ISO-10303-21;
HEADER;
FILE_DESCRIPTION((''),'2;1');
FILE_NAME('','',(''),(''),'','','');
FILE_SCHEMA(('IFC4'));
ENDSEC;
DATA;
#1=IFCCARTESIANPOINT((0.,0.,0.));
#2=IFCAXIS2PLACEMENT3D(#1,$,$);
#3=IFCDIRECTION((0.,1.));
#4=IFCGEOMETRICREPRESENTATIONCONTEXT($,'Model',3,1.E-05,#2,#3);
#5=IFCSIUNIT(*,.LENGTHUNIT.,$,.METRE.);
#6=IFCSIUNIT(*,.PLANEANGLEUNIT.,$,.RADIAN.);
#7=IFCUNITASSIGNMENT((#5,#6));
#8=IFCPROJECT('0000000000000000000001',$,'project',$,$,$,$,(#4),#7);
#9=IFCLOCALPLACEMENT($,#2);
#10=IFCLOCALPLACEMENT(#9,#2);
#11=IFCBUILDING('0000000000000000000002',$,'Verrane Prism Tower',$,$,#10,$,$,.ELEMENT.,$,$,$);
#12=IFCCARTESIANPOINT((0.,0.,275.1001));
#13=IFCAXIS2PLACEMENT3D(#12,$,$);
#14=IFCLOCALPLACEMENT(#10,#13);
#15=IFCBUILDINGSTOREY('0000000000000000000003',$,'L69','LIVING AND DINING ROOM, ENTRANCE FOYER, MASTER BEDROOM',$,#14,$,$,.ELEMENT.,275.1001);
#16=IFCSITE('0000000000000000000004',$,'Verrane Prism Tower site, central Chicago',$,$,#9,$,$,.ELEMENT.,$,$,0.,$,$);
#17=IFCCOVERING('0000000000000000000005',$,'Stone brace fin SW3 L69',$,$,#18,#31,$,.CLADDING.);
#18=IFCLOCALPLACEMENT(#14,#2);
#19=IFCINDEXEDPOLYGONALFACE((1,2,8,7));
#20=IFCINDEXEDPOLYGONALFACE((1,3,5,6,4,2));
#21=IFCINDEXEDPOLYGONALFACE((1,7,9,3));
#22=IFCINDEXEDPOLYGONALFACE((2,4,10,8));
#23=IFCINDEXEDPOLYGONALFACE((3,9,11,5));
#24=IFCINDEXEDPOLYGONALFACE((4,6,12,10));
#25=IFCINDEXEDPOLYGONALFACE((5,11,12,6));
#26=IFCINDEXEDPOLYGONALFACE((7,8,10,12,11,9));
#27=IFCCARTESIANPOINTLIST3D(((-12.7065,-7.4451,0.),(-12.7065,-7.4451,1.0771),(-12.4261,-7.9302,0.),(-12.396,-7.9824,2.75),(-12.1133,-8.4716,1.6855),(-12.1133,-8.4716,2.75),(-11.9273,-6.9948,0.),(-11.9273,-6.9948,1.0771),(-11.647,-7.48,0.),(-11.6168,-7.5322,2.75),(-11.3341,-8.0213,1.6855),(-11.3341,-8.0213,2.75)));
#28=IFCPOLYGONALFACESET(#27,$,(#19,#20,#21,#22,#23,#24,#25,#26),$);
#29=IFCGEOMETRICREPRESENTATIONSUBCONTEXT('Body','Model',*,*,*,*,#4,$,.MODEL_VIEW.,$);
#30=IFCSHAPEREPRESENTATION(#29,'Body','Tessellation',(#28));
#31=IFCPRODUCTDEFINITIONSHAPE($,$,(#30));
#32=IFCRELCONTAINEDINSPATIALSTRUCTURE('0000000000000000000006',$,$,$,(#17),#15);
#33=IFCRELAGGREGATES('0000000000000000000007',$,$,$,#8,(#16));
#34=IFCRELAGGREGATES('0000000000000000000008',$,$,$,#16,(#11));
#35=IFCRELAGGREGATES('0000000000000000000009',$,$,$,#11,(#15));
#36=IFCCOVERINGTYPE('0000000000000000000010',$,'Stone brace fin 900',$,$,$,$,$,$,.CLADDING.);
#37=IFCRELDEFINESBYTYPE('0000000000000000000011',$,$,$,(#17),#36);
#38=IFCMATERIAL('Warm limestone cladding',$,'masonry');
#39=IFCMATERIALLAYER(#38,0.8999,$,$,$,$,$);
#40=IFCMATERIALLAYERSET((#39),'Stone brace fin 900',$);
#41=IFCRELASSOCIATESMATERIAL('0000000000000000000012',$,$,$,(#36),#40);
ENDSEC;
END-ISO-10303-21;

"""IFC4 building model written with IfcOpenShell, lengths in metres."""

from ifc_helpers import new_model, si_unit, direction, frame, origin, place, context, subcontext, project, spatial, polyline, outline, extrude, material, layer, layer_set, type_object, element, save


model = new_model("IFC4")

# Units and contexts
model_context = context("Model", 3, precision=1e-05, world=origin(), true_north=direction((0.0, 1.0)))
body_context = subcontext(model_context, "Body", "Model", "MODEL_VIEW")
ifc_project = project(units=[si_unit("LENGTHUNIT", "METRE"), si_unit("PLANEANGLEUNIT", "RADIAN")], contexts=[model_context])

# Site, building, storey
site_placement = place(None, origin())
site = spatial("IfcSite", under=ifc_project, at=site_placement, Name="Verrane Prism Tower site, central Chicago", CompositionType="ELEMENT", RefElevation=0.0)
building_placement = place(site_placement, origin())
building = spatial("IfcBuilding", under=site, at=building_placement, Name="Verrane Prism Tower", CompositionType="ELEMENT")
storey_placement = place(building_placement, frame((0.0, 0.0, 275.1001)))
storey = spatial("IfcBuildingStorey", under=building, at=storey_placement, Name="L69", Description="LIVING AND DINING ROOM, ENTRANCE FOYER, MASTER BEDROOM", CompositionType="ELEMENT", Elevation=275.1001)

# Covering
ifc_material_1 = material(Name="Warm limestone cladding", Category="masonry")
ifc_layer_1 = layer(ifc_material_1, 0.8999)
ifc_layer_set_1 = layer_set([ifc_layer_1], Name="Stone brace fin 900")
covering_type = type_object("IfcCoveringType", Name="Stone brace fin 900", PredefinedType="CLADDING", material=ifc_layer_set_1)
covering_placement = place(storey_placement, frame((-12.3169, -7.22, 0.0), z_axis=(0.0, 0.0, 1.0), x_axis=(0.500346, -0.865825, 0.0)))
element("IfcCovering", 1, at=covering_placement, inside=storey, type_object=covering_type, Name="Stone brace fin SW3 L69", PredefinedType="CLADDING", context=body_context, shape_type="SweptSolid", body=[
    extrude(outline(polyline([(1.1855, 2.75), (0.6206, 2.75), (0.0, 1.0771), (0.0, 0.0), (0.5603, 0.0), (1.1855, 1.6855), (1.1855, 2.75)])), frame((0.0, 0.45, 0.0), z_axis=(0.0, -1.0, 0.0), x_axis=(1.0, 0.0, 0.0)), (0.0, 0.0, 1.0), 0.8999),
])

save(model, "model.ifc")
